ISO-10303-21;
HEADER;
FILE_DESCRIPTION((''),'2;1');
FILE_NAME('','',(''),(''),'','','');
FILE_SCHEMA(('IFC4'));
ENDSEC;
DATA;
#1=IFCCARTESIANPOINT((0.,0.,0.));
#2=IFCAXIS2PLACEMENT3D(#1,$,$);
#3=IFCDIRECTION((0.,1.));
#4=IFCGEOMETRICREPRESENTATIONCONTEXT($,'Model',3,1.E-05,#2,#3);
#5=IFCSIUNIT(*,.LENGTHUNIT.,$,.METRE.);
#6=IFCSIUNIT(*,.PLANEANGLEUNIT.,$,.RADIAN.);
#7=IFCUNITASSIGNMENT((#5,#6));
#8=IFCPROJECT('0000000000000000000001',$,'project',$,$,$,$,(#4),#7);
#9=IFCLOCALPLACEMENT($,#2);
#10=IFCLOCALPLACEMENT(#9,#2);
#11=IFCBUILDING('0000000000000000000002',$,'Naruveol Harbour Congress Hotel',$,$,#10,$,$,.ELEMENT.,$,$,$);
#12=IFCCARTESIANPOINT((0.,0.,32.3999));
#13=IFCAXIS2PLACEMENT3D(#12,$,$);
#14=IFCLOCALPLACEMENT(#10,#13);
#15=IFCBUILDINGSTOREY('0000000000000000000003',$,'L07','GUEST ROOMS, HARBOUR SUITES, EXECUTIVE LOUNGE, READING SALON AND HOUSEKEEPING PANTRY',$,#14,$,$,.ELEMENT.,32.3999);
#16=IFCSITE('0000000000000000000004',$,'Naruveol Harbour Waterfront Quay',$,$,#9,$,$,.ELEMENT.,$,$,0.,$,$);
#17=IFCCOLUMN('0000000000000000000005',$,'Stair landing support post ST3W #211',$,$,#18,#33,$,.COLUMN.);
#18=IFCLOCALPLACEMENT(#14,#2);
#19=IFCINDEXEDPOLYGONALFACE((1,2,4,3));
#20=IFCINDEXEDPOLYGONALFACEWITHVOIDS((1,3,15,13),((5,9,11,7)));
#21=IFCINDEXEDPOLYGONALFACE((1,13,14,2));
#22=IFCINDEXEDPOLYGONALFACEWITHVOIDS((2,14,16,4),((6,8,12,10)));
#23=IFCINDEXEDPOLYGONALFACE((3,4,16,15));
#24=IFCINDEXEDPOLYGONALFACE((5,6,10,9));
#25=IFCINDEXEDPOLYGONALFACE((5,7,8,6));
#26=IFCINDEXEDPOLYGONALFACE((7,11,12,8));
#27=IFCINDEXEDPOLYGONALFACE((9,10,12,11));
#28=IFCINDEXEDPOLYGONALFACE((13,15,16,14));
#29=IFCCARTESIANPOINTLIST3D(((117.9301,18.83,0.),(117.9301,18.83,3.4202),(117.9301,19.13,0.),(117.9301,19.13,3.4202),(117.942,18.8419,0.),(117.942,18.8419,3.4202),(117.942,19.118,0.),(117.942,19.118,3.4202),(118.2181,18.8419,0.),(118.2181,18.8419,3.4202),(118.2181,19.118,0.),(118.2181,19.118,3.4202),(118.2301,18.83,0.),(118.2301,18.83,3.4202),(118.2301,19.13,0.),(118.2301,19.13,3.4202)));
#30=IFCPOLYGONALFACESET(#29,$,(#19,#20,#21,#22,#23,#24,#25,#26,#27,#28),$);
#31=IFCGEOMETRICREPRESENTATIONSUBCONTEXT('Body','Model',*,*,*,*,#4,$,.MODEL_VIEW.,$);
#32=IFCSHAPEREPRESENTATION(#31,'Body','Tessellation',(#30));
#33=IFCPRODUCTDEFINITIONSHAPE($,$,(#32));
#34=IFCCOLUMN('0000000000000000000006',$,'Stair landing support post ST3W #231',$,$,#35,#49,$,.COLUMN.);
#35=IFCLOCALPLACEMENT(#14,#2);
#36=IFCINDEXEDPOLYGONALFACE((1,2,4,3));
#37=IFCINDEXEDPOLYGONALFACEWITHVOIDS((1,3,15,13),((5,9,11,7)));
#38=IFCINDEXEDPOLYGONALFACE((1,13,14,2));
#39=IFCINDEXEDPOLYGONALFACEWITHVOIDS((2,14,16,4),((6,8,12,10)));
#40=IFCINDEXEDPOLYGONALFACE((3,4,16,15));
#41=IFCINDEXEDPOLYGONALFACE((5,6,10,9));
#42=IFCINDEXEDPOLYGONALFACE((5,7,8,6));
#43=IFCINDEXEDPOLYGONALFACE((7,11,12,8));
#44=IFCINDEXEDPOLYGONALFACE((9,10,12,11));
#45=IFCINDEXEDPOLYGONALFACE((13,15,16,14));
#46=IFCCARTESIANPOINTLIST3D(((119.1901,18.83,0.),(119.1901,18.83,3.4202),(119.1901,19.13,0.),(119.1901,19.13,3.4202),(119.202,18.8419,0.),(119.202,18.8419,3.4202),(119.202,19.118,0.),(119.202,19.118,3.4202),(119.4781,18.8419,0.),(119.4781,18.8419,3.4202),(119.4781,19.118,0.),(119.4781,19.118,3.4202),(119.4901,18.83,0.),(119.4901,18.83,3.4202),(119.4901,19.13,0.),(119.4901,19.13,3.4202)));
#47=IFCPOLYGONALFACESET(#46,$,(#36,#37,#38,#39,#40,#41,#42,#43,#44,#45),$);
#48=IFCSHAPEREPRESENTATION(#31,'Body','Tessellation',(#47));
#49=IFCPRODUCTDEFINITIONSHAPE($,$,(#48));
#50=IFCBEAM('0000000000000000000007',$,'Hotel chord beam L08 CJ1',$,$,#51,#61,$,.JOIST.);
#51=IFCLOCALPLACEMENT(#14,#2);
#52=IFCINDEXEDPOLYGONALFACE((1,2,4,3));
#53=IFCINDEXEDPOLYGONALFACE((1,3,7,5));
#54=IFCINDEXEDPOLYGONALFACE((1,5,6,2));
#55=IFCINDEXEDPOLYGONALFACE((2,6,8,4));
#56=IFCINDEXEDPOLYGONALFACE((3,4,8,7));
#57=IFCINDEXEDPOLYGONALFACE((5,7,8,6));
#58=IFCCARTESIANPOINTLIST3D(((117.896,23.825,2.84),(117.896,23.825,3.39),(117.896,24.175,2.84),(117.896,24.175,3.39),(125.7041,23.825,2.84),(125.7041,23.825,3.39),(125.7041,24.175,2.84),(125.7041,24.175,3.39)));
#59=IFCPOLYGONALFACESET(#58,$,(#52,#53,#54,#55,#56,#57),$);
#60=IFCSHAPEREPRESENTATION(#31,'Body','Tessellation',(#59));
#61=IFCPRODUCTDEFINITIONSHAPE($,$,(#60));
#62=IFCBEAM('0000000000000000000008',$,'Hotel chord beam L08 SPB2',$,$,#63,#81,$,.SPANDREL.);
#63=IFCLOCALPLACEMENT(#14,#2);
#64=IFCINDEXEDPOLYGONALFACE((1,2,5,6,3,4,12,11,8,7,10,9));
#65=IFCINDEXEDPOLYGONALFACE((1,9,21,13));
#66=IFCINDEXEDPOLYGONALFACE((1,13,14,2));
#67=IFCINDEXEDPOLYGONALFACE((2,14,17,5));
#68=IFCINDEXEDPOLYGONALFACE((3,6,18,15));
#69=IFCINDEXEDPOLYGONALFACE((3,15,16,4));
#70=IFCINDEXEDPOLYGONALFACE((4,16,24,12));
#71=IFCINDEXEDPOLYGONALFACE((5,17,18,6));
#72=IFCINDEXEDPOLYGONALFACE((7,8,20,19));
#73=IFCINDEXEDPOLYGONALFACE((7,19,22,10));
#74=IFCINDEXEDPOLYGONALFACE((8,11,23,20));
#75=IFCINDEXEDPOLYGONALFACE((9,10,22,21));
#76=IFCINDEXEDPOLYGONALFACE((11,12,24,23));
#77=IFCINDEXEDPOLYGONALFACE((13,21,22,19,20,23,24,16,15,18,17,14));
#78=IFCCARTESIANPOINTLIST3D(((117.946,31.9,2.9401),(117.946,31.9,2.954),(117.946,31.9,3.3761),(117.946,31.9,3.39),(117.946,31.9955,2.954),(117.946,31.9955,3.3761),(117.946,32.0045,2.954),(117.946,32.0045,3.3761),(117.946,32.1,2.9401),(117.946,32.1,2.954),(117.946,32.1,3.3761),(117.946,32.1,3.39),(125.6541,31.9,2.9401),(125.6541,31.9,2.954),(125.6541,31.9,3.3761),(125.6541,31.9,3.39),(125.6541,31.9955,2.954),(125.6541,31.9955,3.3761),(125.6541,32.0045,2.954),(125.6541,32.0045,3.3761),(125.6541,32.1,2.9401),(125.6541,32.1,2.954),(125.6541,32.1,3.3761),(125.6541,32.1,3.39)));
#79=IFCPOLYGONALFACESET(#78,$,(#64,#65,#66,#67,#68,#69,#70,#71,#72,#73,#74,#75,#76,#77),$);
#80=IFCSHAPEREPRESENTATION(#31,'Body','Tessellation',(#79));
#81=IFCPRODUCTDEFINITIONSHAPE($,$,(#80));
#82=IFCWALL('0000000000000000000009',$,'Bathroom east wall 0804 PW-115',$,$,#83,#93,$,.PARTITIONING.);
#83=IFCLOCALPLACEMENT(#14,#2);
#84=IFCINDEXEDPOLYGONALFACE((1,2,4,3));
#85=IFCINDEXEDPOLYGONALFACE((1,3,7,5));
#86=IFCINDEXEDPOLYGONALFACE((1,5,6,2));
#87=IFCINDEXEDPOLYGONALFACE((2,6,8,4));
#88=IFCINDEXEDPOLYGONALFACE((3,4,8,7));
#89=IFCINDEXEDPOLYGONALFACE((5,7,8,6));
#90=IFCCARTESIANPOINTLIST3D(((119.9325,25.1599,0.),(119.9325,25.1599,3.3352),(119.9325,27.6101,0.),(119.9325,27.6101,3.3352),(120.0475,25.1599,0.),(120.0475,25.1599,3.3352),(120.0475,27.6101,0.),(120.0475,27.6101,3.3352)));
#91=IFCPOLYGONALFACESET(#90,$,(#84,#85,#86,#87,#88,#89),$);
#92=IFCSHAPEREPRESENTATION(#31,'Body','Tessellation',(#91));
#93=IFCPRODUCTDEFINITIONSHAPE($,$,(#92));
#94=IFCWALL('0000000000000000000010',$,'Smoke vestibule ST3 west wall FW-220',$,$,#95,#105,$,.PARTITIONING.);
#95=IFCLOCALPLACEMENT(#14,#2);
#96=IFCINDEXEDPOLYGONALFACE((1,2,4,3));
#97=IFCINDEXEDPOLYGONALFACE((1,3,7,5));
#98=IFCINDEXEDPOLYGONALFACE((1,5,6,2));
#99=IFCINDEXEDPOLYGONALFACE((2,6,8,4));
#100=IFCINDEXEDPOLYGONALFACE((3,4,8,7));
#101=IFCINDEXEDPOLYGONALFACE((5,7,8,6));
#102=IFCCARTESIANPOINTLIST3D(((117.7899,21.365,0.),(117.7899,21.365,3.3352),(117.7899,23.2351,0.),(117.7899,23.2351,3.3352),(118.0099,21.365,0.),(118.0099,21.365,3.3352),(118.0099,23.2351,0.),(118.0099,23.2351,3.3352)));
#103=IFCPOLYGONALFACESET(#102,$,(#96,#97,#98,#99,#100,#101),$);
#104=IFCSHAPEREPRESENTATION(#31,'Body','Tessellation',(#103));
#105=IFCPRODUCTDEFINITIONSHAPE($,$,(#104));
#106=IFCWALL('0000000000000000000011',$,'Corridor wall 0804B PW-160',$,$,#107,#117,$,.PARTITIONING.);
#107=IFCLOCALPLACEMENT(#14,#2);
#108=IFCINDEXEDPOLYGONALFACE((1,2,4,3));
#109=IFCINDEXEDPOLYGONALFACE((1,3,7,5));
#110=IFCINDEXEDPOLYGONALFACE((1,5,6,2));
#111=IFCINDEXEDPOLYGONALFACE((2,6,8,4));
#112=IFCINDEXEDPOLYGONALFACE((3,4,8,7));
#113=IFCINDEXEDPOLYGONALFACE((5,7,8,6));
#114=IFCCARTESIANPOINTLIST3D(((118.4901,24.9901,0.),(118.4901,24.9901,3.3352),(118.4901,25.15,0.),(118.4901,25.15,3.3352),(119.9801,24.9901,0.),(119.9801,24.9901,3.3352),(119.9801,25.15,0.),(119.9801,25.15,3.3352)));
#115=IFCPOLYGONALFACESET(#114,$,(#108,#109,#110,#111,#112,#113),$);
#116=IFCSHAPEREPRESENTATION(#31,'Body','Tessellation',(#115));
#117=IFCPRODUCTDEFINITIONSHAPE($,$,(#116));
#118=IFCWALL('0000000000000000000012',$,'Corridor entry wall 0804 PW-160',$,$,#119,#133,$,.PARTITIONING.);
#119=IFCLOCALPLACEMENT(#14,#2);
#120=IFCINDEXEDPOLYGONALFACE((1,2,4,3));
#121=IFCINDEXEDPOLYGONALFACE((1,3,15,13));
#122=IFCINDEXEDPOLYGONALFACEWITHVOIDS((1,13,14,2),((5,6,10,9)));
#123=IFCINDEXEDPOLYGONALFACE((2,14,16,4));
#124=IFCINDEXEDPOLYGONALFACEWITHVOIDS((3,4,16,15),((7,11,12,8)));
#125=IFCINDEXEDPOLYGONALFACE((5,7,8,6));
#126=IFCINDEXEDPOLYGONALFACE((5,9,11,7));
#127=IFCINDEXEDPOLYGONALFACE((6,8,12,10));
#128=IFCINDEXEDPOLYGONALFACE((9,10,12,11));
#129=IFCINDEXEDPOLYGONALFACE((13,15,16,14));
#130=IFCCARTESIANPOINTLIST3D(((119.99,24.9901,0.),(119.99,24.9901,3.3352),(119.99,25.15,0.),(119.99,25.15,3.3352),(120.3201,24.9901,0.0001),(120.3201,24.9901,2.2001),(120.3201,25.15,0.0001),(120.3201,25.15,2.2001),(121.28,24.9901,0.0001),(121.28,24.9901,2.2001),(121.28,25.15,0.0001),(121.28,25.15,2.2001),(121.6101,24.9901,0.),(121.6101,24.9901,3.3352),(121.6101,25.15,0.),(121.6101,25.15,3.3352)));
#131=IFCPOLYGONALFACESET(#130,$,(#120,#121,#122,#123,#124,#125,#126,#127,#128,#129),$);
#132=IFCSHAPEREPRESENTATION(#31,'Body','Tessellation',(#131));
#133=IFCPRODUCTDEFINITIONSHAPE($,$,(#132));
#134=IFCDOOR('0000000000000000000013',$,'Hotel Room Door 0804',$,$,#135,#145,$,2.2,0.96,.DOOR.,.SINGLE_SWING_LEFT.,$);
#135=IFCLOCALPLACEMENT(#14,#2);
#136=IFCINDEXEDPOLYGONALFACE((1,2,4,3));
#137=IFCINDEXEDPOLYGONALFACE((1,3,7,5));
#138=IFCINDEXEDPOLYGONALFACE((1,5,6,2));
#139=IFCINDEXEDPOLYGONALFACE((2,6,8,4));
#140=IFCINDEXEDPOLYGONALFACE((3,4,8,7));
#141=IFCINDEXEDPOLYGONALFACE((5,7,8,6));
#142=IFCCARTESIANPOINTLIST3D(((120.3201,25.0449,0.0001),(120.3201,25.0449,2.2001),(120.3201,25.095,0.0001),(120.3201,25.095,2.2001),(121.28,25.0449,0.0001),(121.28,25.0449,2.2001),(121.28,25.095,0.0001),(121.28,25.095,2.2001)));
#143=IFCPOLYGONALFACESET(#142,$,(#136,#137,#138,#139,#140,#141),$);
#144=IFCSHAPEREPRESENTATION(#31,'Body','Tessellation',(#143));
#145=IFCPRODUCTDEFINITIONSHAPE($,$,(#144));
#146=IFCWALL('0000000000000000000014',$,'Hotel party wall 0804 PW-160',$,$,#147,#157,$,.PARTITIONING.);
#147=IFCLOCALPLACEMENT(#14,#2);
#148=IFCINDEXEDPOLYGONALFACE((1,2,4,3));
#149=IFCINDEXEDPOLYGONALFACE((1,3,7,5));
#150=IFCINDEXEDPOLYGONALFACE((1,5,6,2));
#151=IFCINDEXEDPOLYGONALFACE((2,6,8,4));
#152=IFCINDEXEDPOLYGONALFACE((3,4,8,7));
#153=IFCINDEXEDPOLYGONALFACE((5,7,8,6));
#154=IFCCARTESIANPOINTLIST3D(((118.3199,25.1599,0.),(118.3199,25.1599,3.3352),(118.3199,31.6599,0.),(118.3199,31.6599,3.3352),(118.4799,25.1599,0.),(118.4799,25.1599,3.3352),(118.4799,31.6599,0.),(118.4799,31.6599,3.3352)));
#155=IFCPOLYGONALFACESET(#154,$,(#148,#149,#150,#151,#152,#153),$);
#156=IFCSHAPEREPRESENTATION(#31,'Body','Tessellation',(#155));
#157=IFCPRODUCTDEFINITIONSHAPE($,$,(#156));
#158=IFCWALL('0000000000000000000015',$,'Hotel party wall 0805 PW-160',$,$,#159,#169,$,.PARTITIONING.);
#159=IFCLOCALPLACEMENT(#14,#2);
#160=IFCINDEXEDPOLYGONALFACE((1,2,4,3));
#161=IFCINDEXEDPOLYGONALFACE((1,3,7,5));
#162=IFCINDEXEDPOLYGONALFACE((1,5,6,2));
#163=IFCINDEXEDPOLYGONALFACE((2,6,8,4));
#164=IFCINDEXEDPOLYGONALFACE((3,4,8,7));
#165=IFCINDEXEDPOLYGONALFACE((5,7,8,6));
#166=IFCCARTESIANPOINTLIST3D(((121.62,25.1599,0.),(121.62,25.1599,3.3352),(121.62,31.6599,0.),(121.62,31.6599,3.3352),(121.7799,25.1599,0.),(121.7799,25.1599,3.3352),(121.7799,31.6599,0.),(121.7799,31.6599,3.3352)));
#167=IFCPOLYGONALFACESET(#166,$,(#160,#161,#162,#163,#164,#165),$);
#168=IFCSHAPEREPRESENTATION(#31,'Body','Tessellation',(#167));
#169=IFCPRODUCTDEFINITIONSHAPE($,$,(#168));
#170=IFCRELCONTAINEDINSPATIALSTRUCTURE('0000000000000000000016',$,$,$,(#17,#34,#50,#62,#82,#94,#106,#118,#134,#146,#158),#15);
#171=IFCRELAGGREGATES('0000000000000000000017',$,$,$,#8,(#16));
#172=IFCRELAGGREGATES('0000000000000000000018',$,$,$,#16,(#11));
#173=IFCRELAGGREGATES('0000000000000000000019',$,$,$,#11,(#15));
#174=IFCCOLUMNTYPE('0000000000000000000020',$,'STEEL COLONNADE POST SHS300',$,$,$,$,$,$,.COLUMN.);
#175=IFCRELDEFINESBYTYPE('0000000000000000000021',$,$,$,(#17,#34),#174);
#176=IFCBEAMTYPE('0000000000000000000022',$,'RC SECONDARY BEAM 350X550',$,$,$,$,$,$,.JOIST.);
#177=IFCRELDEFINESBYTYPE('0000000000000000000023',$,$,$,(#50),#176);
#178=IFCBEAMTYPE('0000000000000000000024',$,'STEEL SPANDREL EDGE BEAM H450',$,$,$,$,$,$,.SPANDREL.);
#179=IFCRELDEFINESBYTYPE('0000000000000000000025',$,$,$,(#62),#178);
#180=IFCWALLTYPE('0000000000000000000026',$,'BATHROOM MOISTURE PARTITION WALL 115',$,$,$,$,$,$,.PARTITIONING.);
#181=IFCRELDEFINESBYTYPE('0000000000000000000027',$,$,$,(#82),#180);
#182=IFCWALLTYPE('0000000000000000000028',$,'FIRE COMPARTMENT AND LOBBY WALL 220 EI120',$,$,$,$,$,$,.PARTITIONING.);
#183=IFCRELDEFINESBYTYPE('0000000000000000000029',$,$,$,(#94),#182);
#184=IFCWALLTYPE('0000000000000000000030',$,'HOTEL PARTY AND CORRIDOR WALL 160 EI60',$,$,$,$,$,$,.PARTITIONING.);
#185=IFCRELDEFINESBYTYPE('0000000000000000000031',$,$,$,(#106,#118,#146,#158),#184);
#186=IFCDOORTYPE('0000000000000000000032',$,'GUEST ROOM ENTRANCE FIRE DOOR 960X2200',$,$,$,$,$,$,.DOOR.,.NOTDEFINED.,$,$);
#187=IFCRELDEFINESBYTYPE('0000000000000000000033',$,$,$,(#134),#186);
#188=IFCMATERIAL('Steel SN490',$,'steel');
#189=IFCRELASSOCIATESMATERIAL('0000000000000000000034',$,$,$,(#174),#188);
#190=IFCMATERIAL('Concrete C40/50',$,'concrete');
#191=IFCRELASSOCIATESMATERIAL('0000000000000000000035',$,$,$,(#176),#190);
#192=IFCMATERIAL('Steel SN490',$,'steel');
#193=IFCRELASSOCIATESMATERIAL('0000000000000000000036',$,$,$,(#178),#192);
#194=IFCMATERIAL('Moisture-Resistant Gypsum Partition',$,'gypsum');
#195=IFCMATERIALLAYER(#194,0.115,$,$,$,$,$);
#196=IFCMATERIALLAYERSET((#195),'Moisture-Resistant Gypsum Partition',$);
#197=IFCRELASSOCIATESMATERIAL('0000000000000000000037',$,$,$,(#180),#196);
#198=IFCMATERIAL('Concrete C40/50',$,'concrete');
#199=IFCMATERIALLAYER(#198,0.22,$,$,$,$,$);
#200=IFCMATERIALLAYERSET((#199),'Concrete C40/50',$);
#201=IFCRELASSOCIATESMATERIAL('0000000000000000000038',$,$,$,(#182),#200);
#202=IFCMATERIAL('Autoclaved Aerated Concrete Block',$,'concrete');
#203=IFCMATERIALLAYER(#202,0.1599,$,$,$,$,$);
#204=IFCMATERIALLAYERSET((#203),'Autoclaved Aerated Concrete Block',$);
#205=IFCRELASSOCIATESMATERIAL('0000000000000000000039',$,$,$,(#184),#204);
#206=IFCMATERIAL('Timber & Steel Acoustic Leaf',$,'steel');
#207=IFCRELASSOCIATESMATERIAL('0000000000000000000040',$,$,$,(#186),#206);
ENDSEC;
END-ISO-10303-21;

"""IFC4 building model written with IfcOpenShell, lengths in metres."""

from ifc_helpers import new_model, si_unit, direction, frame, frame_2d, origin, origin_2d, place, context, subcontext, project, spatial, rectangle, hollow_rectangle, i_section, extrude, material, layer, layer_set, material_profile, profile_set, type_object, element, fill, save


model = new_model("IFC4")

# Units and contexts
model_context = context("Model", 3, precision=1e-05, world=origin(), true_north=direction((0.0, 1.0)))
body_context = subcontext(model_context, "Body", "Model", "MODEL_VIEW")
ifc_project = project(units=[si_unit("LENGTHUNIT", "METRE"), si_unit("PLANEANGLEUNIT", "RADIAN")], contexts=[model_context])

# Site, building, storey
site_placement = place(None, origin())
site = spatial("IfcSite", under=ifc_project, at=site_placement, Name="Naruveol Harbour Waterfront Quay", CompositionType="ELEMENT", RefElevation=0.0)
building_placement = place(site_placement, origin())
building = spatial("IfcBuilding", under=site, at=building_placement, Name="Naruveol Harbour Congress Hotel", CompositionType="ELEMENT")
storey_placement = place(building_placement, frame((0.0, 0.0, 32.3999)))
storey = spatial("IfcBuildingStorey", under=building, at=storey_placement, Name="L07", Description="GUEST ROOMS, HARBOUR SUITES, EXECUTIVE LOUNGE, READING SALON AND HOUSEKEEPING PANTRY", CompositionType="ELEMENT", Elevation=32.3999)

# Columns
ifc_material_1 = material(Name="Steel SN490", Category="steel")
ifc_material_profile_1 = material_profile(ifc_material_1, hollow_rectangle(XDim=0.3, YDim=0.3, WallThickness=0.012, at=origin_2d()), Name="SHS-300x300x12")
ifc_profile_set_1 = profile_set([ifc_material_profile_1], Name="Steel SN490")
column_type = type_object("IfcColumnType", Name="STEEL COLONNADE POST SHS300", PredefinedType="COLUMN", material=ifc_profile_set_1)
for number, where, z_axis, x_axis, name in (
    (1, (118.0801, 18.98, 0.0), (0.0, 0.0, 1.0), (1.0, 0.0, 0.0), "Stair landing support post ST3W #211"),
    (2, (119.3401, 18.98, 0.0), (0.0, 0.0, 1.0), (1.0, 0.0, 0.0), "Stair landing support post ST3W #231"),
):
    element("IfcColumn", number, at=place(storey_placement, frame(where, z_axis=z_axis, x_axis=x_axis)), inside=storey, type_object=column_type, Name=name, PredefinedType="COLUMN", context=body_context, shape_type="SweptSolid", body=[
        extrude(hollow_rectangle(XDim=0.3, YDim=0.3, WallThickness=0.012, at=origin_2d()), origin(), (0.0, 0.0, 1.0), 3.4202),
    ])

# Beams
ifc_material_2 = material(Name="Concrete C40/50", Category="concrete")
ifc_material_profile_2 = material_profile(ifc_material_2, rectangle(XDim=0.3501, YDim=0.55, at=origin_2d()), Name="RCB-350x550")
ifc_profile_set_2 = profile_set([ifc_material_profile_2], Name="Concrete C40/50")
beam_type_1 = type_object("IfcBeamType", Name="RC SECONDARY BEAM 350X550", PredefinedType="JOIST", material=ifc_profile_set_2)
beam_1_placement = place(storey_placement, frame((117.896, 24.0, 3.115), z_axis=(1.0, 0.0, 0.0), x_axis=(0.0, 1.0, 0.0)))
element("IfcBeam", 3, at=beam_1_placement, inside=storey, type_object=beam_type_1, Name="Hotel chord beam L08 CJ1", PredefinedType="JOIST", context=body_context, shape_type="SweptSolid", body=[
    extrude(rectangle(XDim=0.3501, YDim=0.55, at=origin_2d()), origin(), (0.0, 0.0, 1.0), 7.8081),
])
ifc_material_3 = material(Name="Steel SN490", Category="steel")
ifc_material_profile_3 = material_profile(ifc_material_3, i_section(OverallWidth=0.2, OverallDepth=0.45, WebThickness=0.009, FlangeThickness=0.0139, at=origin_2d()), Name="H-450x200x9x14")
ifc_profile_set_3 = profile_set([ifc_material_profile_3], Name="Steel SN490")
beam_type_2 = type_object("IfcBeamType", Name="STEEL SPANDREL EDGE BEAM H450", PredefinedType="SPANDREL", material=ifc_profile_set_3)
beam_2_placement = place(storey_placement, frame((117.946, 32.0, 3.165), z_axis=(1.0, 0.0, 0.0), x_axis=(0.0, 1.0, 0.0)))
element("IfcBeam", 4, at=beam_2_placement, inside=storey, type_object=beam_type_2, Name="Hotel chord beam L08 SPB2", PredefinedType="SPANDREL", context=body_context, shape_type="SweptSolid", body=[
    extrude(i_section(OverallWidth=0.2, OverallDepth=0.45, WebThickness=0.009, FlangeThickness=0.0139, at=origin_2d()), origin(), (0.0, 0.0, 1.0), 7.708),
])

# Wall
ifc_material_4 = material(Name="Moisture-Resistant Gypsum Partition", Category="gypsum")
ifc_layer_1 = layer(ifc_material_4, 0.115)
ifc_layer_set_1 = layer_set([ifc_layer_1], Name="Moisture-Resistant Gypsum Partition")
wall_type_1 = type_object("IfcWallType", Name="BATHROOM MOISTURE PARTITION WALL 115", PredefinedType="PARTITIONING", material=ifc_layer_set_1)
wall_1_placement = place(storey_placement, frame((119.99, 25.1599, 0.0), z_axis=(0.0, 0.0, 1.0), x_axis=(0.0, 1.0, 0.0)))
element("IfcWall", 5, at=wall_1_placement, inside=storey, type_object=wall_type_1, Name="Bathroom east wall 0804 PW-115", PredefinedType="PARTITIONING", context=body_context, shape_type="SweptSolid", body=[
    extrude(rectangle(XDim=2.4502, YDim=0.115, at=frame_2d((1.2251, 0.0))), origin(), (0.0, 0.0, 1.0), 3.3352),
])

# Walls
ifc_material_5 = material(Name="Concrete C40/50", Category="concrete")
ifc_layer_2 = layer(ifc_material_5, 0.22)
ifc_layer_set_2 = layer_set([ifc_layer_2], Name="Concrete C40/50")
wall_type_2 = type_object("IfcWallType", Name="FIRE COMPARTMENT AND LOBBY WALL 220 EI120", PredefinedType="PARTITIONING", material=ifc_layer_set_2)
wall_2_placement = place(storey_placement, frame((117.8999, 21.365, 0.0), z_axis=(0.0, 0.0, 1.0), x_axis=(0.0, 1.0, 0.0)))
element("IfcWall", 6, at=wall_2_placement, inside=storey, type_object=wall_type_2, Name="Smoke vestibule ST3 west wall FW-220", PredefinedType="PARTITIONING", context=body_context, shape_type="SweptSolid", body=[
    extrude(rectangle(XDim=1.8701, YDim=0.22, at=frame_2d((0.9351, 0.0))), origin(), (0.0, 0.0, 1.0), 3.3352),
])
ifc_material_6 = material(Name="Autoclaved Aerated Concrete Block", Category="concrete")
ifc_layer_3 = layer(ifc_material_6, 0.1599)
ifc_layer_set_3 = layer_set([ifc_layer_3], Name="Autoclaved Aerated Concrete Block")
wall_type_3 = type_object("IfcWallType", Name="HOTEL PARTY AND CORRIDOR WALL 160 EI60", PredefinedType="PARTITIONING", material=ifc_layer_set_3)
wall_3_placement = place(storey_placement, frame((118.49, 25.0701, 0.0), z_axis=(0.0, 0.0, 1.0), x_axis=(1.0, 0.0, 0.0)))
element("IfcWall", 7, at=wall_3_placement, inside=storey, type_object=wall_type_3, Name="Corridor wall 0804B PW-160", PredefinedType="PARTITIONING", context=body_context, shape_type="SweptSolid", body=[
    extrude(rectangle(XDim=1.49, YDim=0.1599, at=frame_2d((0.7451, 0.0))), origin(), (0.0, 0.0, 1.0), 3.3352),
])

# Wall, opening, door
wall_4_placement = place(storey_placement, frame((119.99, 25.0701, 0.0), z_axis=(0.0, 0.0, 1.0), x_axis=(1.0, 0.0, 0.0)))
wall_4 = element("IfcWall", 8, at=wall_4_placement, inside=storey, type_object=wall_type_3, Name="Corridor entry wall 0804 PW-160", PredefinedType="PARTITIONING", context=body_context, shape_type="SweptSolid", body=[
    extrude(rectangle(XDim=1.6201, YDim=0.1599, at=frame_2d((0.8101, 0.0))), origin(), (0.0, 0.0, 1.0), 3.3352),
])
opening_1_placement = place(wall_4_placement, frame((0.3301, 0.0, 0.0)))
opening_1 = element("IfcOpeningElement", 9, at=opening_1_placement, cuts=wall_4, PredefinedType="OPENING", context=body_context, shape_type="SweptSolid", body=[
    extrude(rectangle(XDim=0.96, YDim=2.2, at=frame_2d((0.48, 1.1001))), frame((0.0, 0.0898, 0.0), z_axis=(0.0, -1.0, 0.0), x_axis=(1.0, 0.0, 0.0)), (0.0, 0.0, 1.0), 0.1799),
])
ifc_material_7 = material(Name="Timber & Steel Acoustic Leaf", Category="steel")
door_type_1 = type_object("IfcDoorType", Name="GUEST ROOM ENTRANCE FIRE DOOR 960X2200", OperationType="NOTDEFINED", PredefinedType="DOOR", material=ifc_material_7)
door_1_placement = place(opening_1_placement, origin())
door_1 = element("IfcDoor", 10, at=door_1_placement, inside=storey, type_object=door_type_1, Name="Hotel Room Door 0804", OperationType="SINGLE_SWING_LEFT", OverallHeight=2.2, OverallWidth=0.96, PredefinedType="DOOR", context=body_context, shape_type="SweptSolid", body=[
    extrude(rectangle(XDim=0.96, YDim=2.2, at=frame_2d((0.48, 1.1001))), frame((0.0, 0.0249, 0.0), z_axis=(0.0, -1.0, 0.0), x_axis=(1.0, 0.0, 0.0)), (0.0, 0.0, 1.0), 0.05),
])
fill(opening_1, door_1)

# Walls
for number, where, z_axis, x_axis, name in (
    (11, (118.3999, 25.1599, 0.0), (0.0, 0.0, 1.0), (0.0, 1.0, 0.0), "Hotel party wall 0804 PW-160"),
    (12, (121.7, 25.1599, 0.0), (0.0, 0.0, 1.0), (0.0, 1.0, 0.0), "Hotel party wall 0805 PW-160"),
):
    element("IfcWall", number, at=place(storey_placement, frame(where, z_axis=z_axis, x_axis=x_axis)), inside=storey, type_object=wall_type_3, Name=name, PredefinedType="PARTITIONING", context=body_context, shape_type="SweptSolid", body=[
        extrude(rectangle(XDim=6.5, YDim=0.1599, at=frame_2d((3.25, 0.0))), origin(), (0.0, 0.0, 1.0), 3.3352),
    ])

save(model, "model.ifc")
